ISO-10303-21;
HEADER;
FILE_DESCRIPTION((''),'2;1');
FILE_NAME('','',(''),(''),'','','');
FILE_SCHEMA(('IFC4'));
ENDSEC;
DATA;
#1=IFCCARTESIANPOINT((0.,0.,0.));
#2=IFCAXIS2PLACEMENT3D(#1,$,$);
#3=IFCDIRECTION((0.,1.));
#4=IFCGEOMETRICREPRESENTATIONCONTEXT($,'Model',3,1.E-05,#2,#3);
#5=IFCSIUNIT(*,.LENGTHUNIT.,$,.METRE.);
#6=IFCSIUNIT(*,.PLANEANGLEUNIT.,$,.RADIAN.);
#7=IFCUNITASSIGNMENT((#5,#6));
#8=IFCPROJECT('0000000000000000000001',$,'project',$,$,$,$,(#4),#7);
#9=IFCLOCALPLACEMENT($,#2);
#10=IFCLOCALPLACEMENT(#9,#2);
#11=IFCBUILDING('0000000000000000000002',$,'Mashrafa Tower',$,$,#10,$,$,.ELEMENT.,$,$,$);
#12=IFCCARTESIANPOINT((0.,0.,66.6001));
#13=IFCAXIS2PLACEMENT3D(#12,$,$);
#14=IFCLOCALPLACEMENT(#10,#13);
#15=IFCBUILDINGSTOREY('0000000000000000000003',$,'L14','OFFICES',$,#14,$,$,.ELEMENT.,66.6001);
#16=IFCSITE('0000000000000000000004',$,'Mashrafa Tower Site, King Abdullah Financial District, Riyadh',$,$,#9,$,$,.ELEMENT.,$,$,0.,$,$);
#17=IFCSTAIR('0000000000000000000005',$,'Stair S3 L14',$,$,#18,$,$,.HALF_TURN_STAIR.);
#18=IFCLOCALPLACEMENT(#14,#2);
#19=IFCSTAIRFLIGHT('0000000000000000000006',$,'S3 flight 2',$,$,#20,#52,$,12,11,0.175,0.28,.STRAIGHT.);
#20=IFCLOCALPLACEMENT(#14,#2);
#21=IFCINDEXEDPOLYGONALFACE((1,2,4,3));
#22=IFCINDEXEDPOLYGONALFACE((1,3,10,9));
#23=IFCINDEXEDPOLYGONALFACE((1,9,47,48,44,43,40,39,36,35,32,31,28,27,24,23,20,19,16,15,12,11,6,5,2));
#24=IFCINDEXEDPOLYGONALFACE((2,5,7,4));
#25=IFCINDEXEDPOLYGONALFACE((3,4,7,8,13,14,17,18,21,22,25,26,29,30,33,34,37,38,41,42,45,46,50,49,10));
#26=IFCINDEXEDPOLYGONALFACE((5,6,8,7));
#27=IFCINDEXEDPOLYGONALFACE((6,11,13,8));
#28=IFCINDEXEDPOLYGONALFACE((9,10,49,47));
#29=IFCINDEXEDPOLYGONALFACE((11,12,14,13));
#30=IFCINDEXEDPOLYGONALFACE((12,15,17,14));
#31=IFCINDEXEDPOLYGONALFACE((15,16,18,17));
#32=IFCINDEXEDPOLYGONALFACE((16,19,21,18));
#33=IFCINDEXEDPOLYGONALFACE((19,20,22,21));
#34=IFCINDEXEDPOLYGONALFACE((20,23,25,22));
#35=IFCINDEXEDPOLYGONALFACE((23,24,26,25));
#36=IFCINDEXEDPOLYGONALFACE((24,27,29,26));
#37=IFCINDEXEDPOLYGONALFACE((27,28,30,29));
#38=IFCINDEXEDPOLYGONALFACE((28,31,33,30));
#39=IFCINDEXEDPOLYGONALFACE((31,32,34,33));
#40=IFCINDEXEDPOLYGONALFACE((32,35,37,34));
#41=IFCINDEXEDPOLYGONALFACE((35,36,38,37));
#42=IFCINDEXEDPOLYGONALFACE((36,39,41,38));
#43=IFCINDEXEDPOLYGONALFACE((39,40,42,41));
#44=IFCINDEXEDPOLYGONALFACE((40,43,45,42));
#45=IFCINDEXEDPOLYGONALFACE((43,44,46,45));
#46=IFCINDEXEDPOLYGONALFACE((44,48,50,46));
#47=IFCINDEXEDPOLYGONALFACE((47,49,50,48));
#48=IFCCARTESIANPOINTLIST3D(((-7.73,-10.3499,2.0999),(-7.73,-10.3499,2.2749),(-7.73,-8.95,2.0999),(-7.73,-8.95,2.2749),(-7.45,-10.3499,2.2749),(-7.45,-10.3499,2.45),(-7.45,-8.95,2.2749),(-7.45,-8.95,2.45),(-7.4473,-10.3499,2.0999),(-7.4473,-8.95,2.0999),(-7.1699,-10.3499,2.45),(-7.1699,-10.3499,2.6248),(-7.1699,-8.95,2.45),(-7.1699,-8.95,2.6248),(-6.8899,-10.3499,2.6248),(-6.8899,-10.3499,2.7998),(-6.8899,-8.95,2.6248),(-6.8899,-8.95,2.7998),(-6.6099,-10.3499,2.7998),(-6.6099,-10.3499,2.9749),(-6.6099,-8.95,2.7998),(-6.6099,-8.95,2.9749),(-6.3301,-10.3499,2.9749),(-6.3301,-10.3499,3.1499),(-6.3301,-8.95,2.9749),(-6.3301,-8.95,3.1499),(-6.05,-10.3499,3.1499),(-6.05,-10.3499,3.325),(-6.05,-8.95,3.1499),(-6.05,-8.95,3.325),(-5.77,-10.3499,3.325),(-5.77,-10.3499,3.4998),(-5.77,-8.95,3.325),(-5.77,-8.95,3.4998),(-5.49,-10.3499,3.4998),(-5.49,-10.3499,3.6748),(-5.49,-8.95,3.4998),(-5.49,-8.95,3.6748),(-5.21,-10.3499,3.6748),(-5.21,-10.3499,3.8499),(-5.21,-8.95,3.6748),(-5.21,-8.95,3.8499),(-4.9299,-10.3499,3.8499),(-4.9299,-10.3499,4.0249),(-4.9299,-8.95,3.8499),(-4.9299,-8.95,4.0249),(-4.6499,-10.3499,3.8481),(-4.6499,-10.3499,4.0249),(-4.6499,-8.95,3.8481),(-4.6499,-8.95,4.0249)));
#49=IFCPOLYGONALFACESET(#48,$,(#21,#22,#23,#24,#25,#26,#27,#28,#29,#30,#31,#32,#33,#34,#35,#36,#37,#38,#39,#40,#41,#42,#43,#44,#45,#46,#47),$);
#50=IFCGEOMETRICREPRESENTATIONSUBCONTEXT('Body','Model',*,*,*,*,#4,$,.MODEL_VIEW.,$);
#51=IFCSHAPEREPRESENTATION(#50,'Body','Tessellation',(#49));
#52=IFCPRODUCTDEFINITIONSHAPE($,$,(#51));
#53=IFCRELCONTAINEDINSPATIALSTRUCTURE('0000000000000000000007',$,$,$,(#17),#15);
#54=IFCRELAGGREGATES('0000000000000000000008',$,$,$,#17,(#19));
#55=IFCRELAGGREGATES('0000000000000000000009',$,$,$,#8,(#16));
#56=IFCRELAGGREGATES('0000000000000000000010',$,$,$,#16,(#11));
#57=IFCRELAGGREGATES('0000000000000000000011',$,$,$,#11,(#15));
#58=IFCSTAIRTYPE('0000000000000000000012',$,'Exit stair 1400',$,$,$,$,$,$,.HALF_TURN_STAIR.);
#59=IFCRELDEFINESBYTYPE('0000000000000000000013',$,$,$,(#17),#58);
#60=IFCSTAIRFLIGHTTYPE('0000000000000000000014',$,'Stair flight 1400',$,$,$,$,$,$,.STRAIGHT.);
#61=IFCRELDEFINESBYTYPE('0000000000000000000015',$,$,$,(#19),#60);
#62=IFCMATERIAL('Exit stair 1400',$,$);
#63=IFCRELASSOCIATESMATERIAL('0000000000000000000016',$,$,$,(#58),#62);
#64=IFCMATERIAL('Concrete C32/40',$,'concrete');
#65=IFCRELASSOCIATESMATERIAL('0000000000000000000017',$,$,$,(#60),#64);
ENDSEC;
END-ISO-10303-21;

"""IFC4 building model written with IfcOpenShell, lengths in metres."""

from ifc_helpers import new_model, si_unit, direction, frame, origin, place, context, subcontext, project, spatial, polyline, outline, extrude, material, type_object, element, aggregate, save


model = new_model("IFC4")

# Units and contexts
model_context = context("Model", 3, precision=1e-05, world=origin(), true_north=direction((0.0, 1.0)))
body_context = subcontext(model_context, "Body", "Model", "MODEL_VIEW")
ifc_project = project(units=[si_unit("LENGTHUNIT", "METRE"), si_unit("PLANEANGLEUNIT", "RADIAN")], contexts=[model_context])

# Site, building, storey
site_placement = place(None, origin())
site = spatial("IfcSite", under=ifc_project, at=site_placement, Name="Mashrafa Tower Site, King Abdullah Financial District, Riyadh", CompositionType="ELEMENT", RefElevation=0.0)
building_placement = place(site_placement, origin())
building = spatial("IfcBuilding", under=site, at=building_placement, Name="Mashrafa Tower", CompositionType="ELEMENT")
storey_placement = place(building_placement, frame((0.0, 0.0, 66.6001)))
storey = spatial("IfcBuildingStorey", under=building, at=storey_placement, Name="L14", Description="OFFICES", CompositionType="ELEMENT", Elevation=66.6001)

# Stair, stair flight
ifc_material_1 = material(Name="Exit stair 1400")
stair_type = type_object("IfcStairType", Name="Exit stair 1400", PredefinedType="HALF_TURN_STAIR", material=ifc_material_1)
stair_placement = place(storey_placement, origin())
stair = element("IfcStair", 1, at=stair_placement, inside=storey, type_object=stair_type, Name="Stair S3 L14", PredefinedType="HALF_TURN_STAIR")
ifc_material_2 = material(Name="Concrete C32/40", Category="concrete")
stair_flight_type = type_object("IfcStairFlightType", Name="Stair flight 1400", PredefinedType="STRAIGHT", material=ifc_material_2)
stair_flight_1_placement = place(storey_placement, frame((-7.73, -9.6499, 2.0999), z_axis=(0.0, 0.0, 1.0), x_axis=(1.0, 0.0, 0.0)))
stair_flight_1 = element("IfcStairFlight", 2, at=stair_flight_1_placement, type_object=stair_flight_type, Name="S3 flight 2", NumberOfRisers=12, NumberOfTreads=11, PredefinedType="STRAIGHT", RiserHeight=0.175, TreadLength=0.28, context=body_context, shape_type="SweptSolid", body=[
    extrude(outline(polyline([(0.0, 0.0), (0.0, 0.175), (0.28, 0.175), (0.28, 0.3501), (0.5601, 0.3501), (0.5601, 0.5249), (0.8401, 0.5249), (0.8401, 0.7), (1.1201, 0.7), (1.1201, 0.875), (1.3999, 0.875), (1.3999, 1.05), (1.6799, 1.05), (1.6799, 1.2251), (1.96, 1.2251), (1.96, 1.3999), (2.24, 1.3999), (2.24, 1.575), (2.52, 1.575), (2.52, 1.75), (2.8, 1.75), (2.8, 1.925), (3.0801, 1.925), (3.0801, 2.1001), (3.0801, 1.7483), (0.2827, 0.0), (0.0, 0.0)])), frame((0.0, 0.7, 0.0), z_axis=(0.0, -1.0, 0.0), x_axis=(1.0, 0.0, 0.0)), (0.0, 0.0, 1.0), 1.3999),
])
aggregate(stair, [stair_flight_1])

save(model, "model.ifc")
